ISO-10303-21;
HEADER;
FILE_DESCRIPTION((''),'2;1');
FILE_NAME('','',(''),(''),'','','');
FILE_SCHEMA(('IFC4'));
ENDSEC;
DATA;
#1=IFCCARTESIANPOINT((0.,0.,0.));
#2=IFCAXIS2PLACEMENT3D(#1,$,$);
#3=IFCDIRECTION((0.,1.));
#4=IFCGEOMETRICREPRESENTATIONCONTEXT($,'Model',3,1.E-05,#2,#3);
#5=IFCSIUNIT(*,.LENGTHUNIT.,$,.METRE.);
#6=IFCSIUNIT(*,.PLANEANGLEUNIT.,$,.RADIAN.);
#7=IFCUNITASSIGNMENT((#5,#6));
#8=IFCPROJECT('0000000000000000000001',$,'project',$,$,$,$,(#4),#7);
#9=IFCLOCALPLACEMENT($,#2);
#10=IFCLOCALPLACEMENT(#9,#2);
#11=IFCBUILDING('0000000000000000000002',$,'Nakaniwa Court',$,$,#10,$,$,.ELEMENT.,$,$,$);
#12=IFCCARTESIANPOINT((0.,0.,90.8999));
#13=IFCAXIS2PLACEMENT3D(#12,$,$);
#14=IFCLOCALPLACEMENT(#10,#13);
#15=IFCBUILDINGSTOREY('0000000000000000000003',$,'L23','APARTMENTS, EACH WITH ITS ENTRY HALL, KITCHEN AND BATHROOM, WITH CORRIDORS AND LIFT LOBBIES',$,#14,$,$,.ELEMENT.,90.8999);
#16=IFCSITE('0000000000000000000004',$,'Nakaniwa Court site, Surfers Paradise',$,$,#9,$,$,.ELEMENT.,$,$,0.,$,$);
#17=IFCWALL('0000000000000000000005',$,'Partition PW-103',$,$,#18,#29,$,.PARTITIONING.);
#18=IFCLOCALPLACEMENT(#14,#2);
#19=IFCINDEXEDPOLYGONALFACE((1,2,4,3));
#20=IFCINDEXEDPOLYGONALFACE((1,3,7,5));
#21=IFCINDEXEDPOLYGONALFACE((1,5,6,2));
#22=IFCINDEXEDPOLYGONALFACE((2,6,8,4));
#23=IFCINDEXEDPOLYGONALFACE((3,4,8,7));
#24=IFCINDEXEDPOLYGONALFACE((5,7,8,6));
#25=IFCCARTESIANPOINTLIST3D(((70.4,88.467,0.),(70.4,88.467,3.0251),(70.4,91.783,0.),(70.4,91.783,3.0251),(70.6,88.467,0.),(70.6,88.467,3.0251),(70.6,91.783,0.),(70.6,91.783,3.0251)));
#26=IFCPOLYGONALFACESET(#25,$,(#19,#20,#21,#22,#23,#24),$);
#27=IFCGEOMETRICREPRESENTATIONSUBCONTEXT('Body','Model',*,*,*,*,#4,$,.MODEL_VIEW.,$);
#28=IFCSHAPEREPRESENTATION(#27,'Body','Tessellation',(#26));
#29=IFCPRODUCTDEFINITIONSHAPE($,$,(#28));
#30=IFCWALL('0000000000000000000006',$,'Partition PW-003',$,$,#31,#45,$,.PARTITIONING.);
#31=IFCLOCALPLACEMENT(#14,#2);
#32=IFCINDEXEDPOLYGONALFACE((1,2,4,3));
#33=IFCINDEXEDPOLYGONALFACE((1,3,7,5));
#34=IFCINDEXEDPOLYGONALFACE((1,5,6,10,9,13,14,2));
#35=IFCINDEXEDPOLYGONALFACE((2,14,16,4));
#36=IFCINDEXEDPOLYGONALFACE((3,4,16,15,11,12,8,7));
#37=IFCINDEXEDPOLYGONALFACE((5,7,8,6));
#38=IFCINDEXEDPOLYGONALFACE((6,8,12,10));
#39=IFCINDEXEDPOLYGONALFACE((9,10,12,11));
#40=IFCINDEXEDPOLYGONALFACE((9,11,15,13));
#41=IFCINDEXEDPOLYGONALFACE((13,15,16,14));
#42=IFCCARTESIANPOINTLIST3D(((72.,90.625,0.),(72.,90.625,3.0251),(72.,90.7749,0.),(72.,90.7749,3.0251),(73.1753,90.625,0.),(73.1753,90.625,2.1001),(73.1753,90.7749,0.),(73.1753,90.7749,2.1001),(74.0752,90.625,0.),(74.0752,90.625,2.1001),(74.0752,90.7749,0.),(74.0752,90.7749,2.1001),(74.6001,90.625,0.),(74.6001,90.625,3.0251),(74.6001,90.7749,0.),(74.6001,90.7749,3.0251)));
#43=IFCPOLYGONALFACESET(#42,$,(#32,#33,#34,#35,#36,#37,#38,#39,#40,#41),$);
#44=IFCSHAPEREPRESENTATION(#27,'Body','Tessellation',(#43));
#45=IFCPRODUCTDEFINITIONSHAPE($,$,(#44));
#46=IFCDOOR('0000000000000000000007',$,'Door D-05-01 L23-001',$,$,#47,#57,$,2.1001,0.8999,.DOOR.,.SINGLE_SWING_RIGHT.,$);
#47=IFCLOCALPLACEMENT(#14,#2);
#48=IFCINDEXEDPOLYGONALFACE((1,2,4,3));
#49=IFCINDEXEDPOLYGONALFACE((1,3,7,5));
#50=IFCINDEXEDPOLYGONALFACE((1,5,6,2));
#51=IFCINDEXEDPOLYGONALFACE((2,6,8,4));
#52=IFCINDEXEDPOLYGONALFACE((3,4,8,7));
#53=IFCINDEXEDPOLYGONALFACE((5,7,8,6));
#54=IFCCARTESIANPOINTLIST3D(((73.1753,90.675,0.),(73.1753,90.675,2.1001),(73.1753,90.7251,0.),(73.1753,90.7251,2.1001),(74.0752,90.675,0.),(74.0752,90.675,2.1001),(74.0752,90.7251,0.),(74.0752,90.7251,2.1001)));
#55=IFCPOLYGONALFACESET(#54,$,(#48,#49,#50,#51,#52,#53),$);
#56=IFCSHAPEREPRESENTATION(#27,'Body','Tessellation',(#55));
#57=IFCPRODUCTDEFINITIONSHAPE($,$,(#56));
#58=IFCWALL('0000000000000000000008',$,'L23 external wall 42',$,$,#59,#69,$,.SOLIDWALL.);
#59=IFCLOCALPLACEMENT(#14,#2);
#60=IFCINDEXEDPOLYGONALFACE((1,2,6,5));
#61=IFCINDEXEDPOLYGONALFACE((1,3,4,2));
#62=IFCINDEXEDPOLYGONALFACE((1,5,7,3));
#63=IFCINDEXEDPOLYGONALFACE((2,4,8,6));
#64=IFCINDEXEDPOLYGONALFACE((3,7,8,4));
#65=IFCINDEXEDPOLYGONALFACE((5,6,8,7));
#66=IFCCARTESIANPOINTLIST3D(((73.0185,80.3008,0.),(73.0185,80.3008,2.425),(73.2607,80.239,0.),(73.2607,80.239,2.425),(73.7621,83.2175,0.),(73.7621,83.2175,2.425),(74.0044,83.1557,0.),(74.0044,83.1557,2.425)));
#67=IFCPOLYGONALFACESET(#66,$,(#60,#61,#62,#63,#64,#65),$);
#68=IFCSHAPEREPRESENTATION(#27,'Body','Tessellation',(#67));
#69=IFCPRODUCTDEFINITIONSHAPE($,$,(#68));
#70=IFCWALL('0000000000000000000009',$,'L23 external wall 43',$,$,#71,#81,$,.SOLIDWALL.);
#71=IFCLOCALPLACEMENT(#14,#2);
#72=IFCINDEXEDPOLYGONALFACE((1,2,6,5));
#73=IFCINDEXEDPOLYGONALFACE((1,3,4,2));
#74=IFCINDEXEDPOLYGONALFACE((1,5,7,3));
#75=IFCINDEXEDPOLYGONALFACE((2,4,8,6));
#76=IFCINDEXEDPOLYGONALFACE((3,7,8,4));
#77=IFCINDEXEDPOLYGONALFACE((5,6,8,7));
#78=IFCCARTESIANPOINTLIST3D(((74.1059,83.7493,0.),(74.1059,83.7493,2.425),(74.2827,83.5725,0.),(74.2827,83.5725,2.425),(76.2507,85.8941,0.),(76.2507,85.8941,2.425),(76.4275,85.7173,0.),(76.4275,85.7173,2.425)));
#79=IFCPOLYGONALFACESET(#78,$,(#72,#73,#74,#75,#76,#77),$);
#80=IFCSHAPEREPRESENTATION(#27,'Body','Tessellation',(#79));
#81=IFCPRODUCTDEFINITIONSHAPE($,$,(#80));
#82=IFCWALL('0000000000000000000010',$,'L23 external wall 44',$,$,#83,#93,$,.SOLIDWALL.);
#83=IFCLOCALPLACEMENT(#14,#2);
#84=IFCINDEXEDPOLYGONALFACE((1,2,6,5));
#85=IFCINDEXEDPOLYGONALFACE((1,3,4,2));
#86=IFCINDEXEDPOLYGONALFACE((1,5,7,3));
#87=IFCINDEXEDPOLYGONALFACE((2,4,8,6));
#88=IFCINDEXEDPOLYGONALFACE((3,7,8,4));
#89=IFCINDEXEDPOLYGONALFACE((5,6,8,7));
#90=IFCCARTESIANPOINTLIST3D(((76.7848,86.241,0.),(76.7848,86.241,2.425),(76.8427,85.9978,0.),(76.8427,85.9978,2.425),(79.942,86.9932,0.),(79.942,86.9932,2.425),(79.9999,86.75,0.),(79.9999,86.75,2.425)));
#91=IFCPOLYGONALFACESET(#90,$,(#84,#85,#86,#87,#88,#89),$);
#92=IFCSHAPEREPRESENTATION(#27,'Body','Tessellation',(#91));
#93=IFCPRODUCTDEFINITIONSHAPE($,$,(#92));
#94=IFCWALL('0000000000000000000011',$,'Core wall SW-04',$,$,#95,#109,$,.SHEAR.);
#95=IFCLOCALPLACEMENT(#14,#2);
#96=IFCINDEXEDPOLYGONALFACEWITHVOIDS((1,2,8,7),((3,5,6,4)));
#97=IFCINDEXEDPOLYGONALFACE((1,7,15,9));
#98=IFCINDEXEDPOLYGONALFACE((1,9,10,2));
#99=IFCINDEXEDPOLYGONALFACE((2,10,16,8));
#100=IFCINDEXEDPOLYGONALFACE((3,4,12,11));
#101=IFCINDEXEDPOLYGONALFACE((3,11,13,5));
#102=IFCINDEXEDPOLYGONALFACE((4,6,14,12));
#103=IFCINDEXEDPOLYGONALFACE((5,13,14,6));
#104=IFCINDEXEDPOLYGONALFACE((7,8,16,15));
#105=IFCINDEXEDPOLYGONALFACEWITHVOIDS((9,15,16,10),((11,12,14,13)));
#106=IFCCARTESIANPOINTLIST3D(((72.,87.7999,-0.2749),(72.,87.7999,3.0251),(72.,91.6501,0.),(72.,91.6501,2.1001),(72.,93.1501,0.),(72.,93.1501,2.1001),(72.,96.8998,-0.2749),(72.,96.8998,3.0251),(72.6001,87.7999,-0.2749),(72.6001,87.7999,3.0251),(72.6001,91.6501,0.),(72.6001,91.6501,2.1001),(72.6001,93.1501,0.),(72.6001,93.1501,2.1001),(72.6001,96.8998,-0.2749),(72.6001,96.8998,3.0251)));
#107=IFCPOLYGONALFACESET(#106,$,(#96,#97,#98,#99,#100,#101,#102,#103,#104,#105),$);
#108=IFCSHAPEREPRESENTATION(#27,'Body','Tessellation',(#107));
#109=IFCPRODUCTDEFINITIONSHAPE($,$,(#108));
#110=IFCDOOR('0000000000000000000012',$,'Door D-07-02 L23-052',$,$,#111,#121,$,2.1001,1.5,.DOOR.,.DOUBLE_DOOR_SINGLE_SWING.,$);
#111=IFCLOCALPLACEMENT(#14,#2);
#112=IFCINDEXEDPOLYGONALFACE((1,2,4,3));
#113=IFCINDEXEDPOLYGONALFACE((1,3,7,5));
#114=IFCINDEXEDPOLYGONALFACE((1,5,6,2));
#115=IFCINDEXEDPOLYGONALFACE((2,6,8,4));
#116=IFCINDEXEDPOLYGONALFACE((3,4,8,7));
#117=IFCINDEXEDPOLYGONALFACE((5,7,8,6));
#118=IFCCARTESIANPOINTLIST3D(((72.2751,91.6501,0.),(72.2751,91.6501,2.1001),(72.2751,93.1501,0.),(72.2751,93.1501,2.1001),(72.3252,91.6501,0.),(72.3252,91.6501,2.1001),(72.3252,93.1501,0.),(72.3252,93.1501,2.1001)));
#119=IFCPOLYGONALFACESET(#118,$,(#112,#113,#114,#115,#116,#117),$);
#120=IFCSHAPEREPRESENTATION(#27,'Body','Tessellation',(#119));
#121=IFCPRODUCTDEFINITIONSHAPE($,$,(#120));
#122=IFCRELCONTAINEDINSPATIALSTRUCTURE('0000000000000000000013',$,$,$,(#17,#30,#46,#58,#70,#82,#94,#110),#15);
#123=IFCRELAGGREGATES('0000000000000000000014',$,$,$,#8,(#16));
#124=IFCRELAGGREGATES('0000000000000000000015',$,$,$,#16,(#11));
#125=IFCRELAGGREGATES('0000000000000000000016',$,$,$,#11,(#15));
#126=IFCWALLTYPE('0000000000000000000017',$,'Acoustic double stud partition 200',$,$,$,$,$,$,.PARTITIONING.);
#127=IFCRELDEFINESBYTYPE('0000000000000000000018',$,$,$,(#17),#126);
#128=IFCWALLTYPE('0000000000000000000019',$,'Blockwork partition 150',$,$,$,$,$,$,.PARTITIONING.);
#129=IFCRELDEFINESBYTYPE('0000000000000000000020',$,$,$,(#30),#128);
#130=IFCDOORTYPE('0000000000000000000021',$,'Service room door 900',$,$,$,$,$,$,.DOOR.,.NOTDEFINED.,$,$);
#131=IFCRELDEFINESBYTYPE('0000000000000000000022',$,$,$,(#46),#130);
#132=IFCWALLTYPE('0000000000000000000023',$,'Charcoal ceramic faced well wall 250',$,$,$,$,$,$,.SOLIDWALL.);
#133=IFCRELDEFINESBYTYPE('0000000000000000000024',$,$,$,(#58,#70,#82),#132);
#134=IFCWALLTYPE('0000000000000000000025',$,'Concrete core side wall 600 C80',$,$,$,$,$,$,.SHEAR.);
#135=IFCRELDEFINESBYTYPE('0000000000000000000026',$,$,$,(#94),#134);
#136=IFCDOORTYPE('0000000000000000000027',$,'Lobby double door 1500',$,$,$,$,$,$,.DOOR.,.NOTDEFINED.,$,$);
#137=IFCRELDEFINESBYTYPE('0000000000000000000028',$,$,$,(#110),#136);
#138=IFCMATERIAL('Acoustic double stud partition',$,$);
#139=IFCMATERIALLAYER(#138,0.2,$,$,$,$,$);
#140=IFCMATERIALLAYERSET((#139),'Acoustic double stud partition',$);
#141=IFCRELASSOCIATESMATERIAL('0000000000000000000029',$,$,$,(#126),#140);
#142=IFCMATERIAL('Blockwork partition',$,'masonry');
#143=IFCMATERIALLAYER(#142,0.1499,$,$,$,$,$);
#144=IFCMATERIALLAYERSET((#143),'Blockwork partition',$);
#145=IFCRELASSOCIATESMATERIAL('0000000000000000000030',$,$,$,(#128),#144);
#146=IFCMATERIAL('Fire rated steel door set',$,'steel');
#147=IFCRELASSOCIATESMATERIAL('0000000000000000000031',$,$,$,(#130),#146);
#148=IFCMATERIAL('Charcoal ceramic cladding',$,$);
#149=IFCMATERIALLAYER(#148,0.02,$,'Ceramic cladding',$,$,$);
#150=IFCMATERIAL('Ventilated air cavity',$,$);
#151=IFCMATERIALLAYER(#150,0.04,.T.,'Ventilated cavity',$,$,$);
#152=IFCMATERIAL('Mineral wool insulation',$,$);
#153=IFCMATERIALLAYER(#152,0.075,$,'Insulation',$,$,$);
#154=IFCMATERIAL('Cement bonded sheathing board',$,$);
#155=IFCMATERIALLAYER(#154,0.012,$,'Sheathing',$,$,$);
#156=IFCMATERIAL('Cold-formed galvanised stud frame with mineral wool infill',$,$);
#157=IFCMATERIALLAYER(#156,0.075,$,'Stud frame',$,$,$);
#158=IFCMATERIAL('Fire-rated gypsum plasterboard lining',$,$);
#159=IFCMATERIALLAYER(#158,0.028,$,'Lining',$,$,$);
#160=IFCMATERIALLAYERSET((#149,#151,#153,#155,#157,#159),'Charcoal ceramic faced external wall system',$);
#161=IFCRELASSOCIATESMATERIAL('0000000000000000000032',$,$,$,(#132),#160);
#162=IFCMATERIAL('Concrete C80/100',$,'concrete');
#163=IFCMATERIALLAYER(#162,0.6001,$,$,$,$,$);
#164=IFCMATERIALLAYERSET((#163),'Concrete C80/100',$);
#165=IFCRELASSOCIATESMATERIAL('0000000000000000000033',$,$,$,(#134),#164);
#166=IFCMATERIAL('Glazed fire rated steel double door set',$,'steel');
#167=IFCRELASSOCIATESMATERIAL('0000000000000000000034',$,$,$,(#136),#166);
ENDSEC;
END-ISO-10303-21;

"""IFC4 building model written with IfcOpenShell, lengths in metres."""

from ifc_helpers import new_model, si_unit, direction, frame, frame_2d, origin, place, context, subcontext, project, spatial, rectangle, extrude, material, layer, layer_set, type_object, element, fill, save


model = new_model("IFC4")

# Units and contexts
model_context = context("Model", 3, precision=1e-05, world=origin(), true_north=direction((0.0, 1.0)))
body_context = subcontext(model_context, "Body", "Model", "MODEL_VIEW")
ifc_project = project(units=[si_unit("LENGTHUNIT", "METRE"), si_unit("PLANEANGLEUNIT", "RADIAN")], contexts=[model_context])

# Site, building, storey
site_placement = place(None, origin())
site = spatial("IfcSite", under=ifc_project, at=site_placement, Name="Nakaniwa Court site, Surfers Paradise", CompositionType="ELEMENT", RefElevation=0.0)
building_placement = place(site_placement, origin())
building = spatial("IfcBuilding", under=site, at=building_placement, Name="Nakaniwa Court", CompositionType="ELEMENT")
storey_placement = place(building_placement, frame((0.0, 0.0, 90.8999)))
storey = spatial("IfcBuildingStorey", under=building, at=storey_placement, Name="L23", Description="APARTMENTS, EACH WITH ITS ENTRY HALL, KITCHEN AND BATHROOM, WITH CORRIDORS AND LIFT LOBBIES", CompositionType="ELEMENT", Elevation=90.8999)

# Shared definitions
ifc_material_1 = material(Name="Concrete C80/100", Category="concrete")

# Shared definitions
ifc_material_2 = material(Name="Acoustic double stud partition")
ifc_layer_1 = layer(ifc_material_2, 0.2)
ifc_layer_set_1 = layer_set([ifc_layer_1], Name="Acoustic double stud partition")
wall_type_1 = type_object("IfcWallType", Name="Acoustic double stud partition 200", PredefinedType="PARTITIONING", material=ifc_layer_set_1)

# Wall
wall_1_placement = place(storey_placement, frame((70.5, 88.467, 0.0), z_axis=(0.0, 0.0, 1.0), x_axis=(0.0, 1.0, 0.0)))
element("IfcWall", 1, at=wall_1_placement, inside=storey, type_object=wall_type_1, Name="Partition PW-103", PredefinedType="PARTITIONING", context=body_context, shape_type="SweptSolid", body=[
    extrude(rectangle(XDim=3.3159, YDim=0.2, at=frame_2d((1.658, 0.0))), origin(), (0.0, 0.0, 1.0), 3.0251),
])

# Wall, opening, door
ifc_material_3 = material(Name="Blockwork partition", Category="masonry")
ifc_layer_2 = layer(ifc_material_3, 0.1499)
ifc_layer_set_2 = layer_set([ifc_layer_2], Name="Blockwork partition")
wall_type_2 = type_object("IfcWallType", Name="Blockwork partition 150", PredefinedType="PARTITIONING", material=ifc_layer_set_2)
wall_2_placement = place(storey_placement, frame((74.6001, 90.7, 0.0), z_axis=(0.0, 0.0, 1.0), x_axis=(-1.0, 0.0, 0.0)))
wall_2 = element("IfcWall", 2, at=wall_2_placement, inside=storey, type_object=wall_type_2, Name="Partition PW-003", PredefinedType="PARTITIONING", context=body_context, shape_type="SweptSolid", body=[
    extrude(rectangle(XDim=2.6001, YDim=0.1499, at=frame_2d((1.3, 0.0))), origin(), (0.0, 0.0, 1.0), 3.0251),
])
opening_1_placement = place(wall_2_placement, frame((0.5249, 0.0, 0.0)))
opening_1 = element("IfcOpeningElement", 3, at=opening_1_placement, cuts=wall_2, PredefinedType="OPENING", context=body_context, shape_type="SweptSolid", body=[
    extrude(rectangle(XDim=0.8999, YDim=2.1001, at=frame_2d((0.45, 1.05))), frame((0.0, 0.085, 0.0), z_axis=(0.0, -1.0, 0.0), x_axis=(1.0, 0.0, 0.0)), (0.0, 0.0, 1.0), 0.1699),
])
ifc_material_4 = material(Name="Fire rated steel door set", Category="steel")
door_type_1 = type_object("IfcDoorType", Name="Service room door 900", OperationType="NOTDEFINED", PredefinedType="DOOR", material=ifc_material_4)
door_1_placement = place(opening_1_placement, origin())
door_1 = element("IfcDoor", 4, at=door_1_placement, inside=storey, type_object=door_type_1, Name="Door D-05-01 L23-001", OperationType="SINGLE_SWING_RIGHT", OverallHeight=2.1001, OverallWidth=0.8999, PredefinedType="DOOR", context=body_context, shape_type="SweptSolid", body=[
    extrude(rectangle(XDim=0.8999, YDim=2.1001, at=frame_2d((0.45, 1.05))), frame((0.0, 0.0249, 0.0), z_axis=(0.0, -1.0, 0.0), x_axis=(1.0, 0.0, 0.0)), (0.0, 0.0, 1.0), 0.05),
])
fill(opening_1, door_1)

# Walls
ifc_material_5 = material(Name="Charcoal ceramic cladding")
ifc_layer_3 = layer(ifc_material_5, 0.02, Name="Ceramic cladding")
ifc_material_6 = material(Name="Ventilated air cavity")
ifc_layer_4 = layer(ifc_material_6, 0.04, ventilated=True, Name="Ventilated cavity")
ifc_material_7 = material(Name="Mineral wool insulation")
ifc_layer_5 = layer(ifc_material_7, 0.075, Name="Insulation")
ifc_material_8 = material(Name="Cement bonded sheathing board")
ifc_layer_6 = layer(ifc_material_8, 0.012, Name="Sheathing")
ifc_material_9 = material(Name="Cold-formed galvanised stud frame with mineral wool infill")
ifc_layer_7 = layer(ifc_material_9, 0.075, Name="Stud frame")
ifc_material_10 = material(Name="Fire-rated gypsum plasterboard lining")
ifc_layer_8 = layer(ifc_material_10, 0.028, Name="Lining")
ifc_layer_set_3 = layer_set([ifc_layer_3, ifc_layer_4, ifc_layer_5, ifc_layer_6, ifc_layer_7, ifc_layer_8], Name="Charcoal ceramic faced external wall system")
wall_type_3 = type_object("IfcWallType", Name="Charcoal ceramic faced well wall 250", PredefinedType="SOLIDWALL", material=ifc_layer_set_3)
wall_3_placement = place(storey_placement, frame((73.1396, 80.27, 0.0), z_axis=(0.0, 0.0, 1.0), x_axis=(0.247056, 0.969001, 0.0)))
element("IfcWall", 5, at=wall_3_placement, inside=storey, type_object=wall_type_3, Name="L23 external wall 42", PredefinedType="SOLIDWALL", context=body_context, shape_type="SweptSolid", body=[
    extrude(rectangle(XDim=3.01, YDim=0.25, at=frame_2d((1.5049, 0.0))), origin(), (0.0, 0.0, 1.0), 2.425),
])
wall_4_placement = place(storey_placement, frame((74.1943, 83.6609, 0.0), z_axis=(0.0, 0.0, 1.0), x_axis=(0.707107, 0.707107, 0.0)))
element("IfcWall", 6, at=wall_4_placement, inside=storey, type_object=wall_type_3, Name="L23 external wall 43", PredefinedType="SOLIDWALL", context=body_context, shape_type="SweptSolid", body=[
    extrude(rectangle(XDim=3.0332, YDim=0.25, at=frame_2d((1.5166, 0.0))), origin(), (0.0, 0.0, 1.0), 2.425),
])
wall_5_placement = place(storey_placement, frame((76.8137, 86.1194, 0.0), z_axis=(0.0, 0.0, 1.0), x_axis=(0.972773, 0.23176, 0.0)))
element("IfcWall", 7, at=wall_5_placement, inside=storey, type_object=wall_type_3, Name="L23 external wall 44", PredefinedType="SOLIDWALL", context=body_context, shape_type="SweptSolid", body=[
    extrude(rectangle(XDim=3.2456, YDim=0.25, at=frame_2d((1.6228, 0.0))), origin(), (0.0, 0.0, 1.0), 2.425),
])

# Wall, opening, door
ifc_layer_9 = layer(ifc_material_1, 0.6001)
ifc_layer_set_4 = layer_set([ifc_layer_9], Name="Concrete C80/100")
wall_type_4 = type_object("IfcWallType", Name="Concrete core side wall 600 C80", PredefinedType="SHEAR", material=ifc_layer_set_4)
wall_6_placement = place(storey_placement, frame((72.3, 87.8, -0.2749), z_axis=(0.0, 0.0, 1.0), x_axis=(0.0, 1.0, 0.0)))
wall_6 = element("IfcWall", 8, at=wall_6_placement, inside=storey, type_object=wall_type_4, Name="Core wall SW-04", PredefinedType="SHEAR", context=body_context, shape_type="SweptSolid", body=[
    extrude(rectangle(XDim=9.0999, YDim=0.6001, at=frame_2d((4.5498, 0.0))), origin(), (0.0, 0.0, 1.0), 3.3),
])
opening_2_placement = place(wall_6_placement, frame((3.8501, 0.0, 0.2749)))
opening_2 = element("IfcOpeningElement", 9, at=opening_2_placement, cuts=wall_6, PredefinedType="OPENING", context=body_context, shape_type="SweptSolid", body=[
    extrude(rectangle(XDim=1.5, YDim=2.1001, at=frame_2d((0.75, 1.05))), frame((0.0, 0.3101, 0.0), z_axis=(0.0, -1.0, 0.0), x_axis=(1.0, 0.0, 0.0)), (0.0, 0.0, 1.0), 0.6201),
])
ifc_material_11 = material(Name="Glazed fire rated steel double door set", Category="steel")
door_type_2 = type_object("IfcDoorType", Name="Lobby double door 1500", OperationType="NOTDEFINED", PredefinedType="DOOR", material=ifc_material_11)
door_2_placement = place(opening_2_placement, origin())
door_2 = element("IfcDoor", 10, at=door_2_placement, inside=storey, type_object=door_type_2, Name="Door D-07-02 L23-052", OperationType="DOUBLE_DOOR_SINGLE_SWING", OverallHeight=2.1001, OverallWidth=1.5, PredefinedType="DOOR", context=body_context, shape_type="SweptSolid", body=[
    extrude(rectangle(XDim=1.5, YDim=2.1001, at=frame_2d((0.75, 1.05))), frame((0.0, 0.0249, 0.0), z_axis=(0.0, -1.0, 0.0), x_axis=(1.0, 0.0, 0.0)), (0.0, 0.0, 1.0), 0.05),
])
fill(opening_2, door_2)

save(model, "model.ifc")
